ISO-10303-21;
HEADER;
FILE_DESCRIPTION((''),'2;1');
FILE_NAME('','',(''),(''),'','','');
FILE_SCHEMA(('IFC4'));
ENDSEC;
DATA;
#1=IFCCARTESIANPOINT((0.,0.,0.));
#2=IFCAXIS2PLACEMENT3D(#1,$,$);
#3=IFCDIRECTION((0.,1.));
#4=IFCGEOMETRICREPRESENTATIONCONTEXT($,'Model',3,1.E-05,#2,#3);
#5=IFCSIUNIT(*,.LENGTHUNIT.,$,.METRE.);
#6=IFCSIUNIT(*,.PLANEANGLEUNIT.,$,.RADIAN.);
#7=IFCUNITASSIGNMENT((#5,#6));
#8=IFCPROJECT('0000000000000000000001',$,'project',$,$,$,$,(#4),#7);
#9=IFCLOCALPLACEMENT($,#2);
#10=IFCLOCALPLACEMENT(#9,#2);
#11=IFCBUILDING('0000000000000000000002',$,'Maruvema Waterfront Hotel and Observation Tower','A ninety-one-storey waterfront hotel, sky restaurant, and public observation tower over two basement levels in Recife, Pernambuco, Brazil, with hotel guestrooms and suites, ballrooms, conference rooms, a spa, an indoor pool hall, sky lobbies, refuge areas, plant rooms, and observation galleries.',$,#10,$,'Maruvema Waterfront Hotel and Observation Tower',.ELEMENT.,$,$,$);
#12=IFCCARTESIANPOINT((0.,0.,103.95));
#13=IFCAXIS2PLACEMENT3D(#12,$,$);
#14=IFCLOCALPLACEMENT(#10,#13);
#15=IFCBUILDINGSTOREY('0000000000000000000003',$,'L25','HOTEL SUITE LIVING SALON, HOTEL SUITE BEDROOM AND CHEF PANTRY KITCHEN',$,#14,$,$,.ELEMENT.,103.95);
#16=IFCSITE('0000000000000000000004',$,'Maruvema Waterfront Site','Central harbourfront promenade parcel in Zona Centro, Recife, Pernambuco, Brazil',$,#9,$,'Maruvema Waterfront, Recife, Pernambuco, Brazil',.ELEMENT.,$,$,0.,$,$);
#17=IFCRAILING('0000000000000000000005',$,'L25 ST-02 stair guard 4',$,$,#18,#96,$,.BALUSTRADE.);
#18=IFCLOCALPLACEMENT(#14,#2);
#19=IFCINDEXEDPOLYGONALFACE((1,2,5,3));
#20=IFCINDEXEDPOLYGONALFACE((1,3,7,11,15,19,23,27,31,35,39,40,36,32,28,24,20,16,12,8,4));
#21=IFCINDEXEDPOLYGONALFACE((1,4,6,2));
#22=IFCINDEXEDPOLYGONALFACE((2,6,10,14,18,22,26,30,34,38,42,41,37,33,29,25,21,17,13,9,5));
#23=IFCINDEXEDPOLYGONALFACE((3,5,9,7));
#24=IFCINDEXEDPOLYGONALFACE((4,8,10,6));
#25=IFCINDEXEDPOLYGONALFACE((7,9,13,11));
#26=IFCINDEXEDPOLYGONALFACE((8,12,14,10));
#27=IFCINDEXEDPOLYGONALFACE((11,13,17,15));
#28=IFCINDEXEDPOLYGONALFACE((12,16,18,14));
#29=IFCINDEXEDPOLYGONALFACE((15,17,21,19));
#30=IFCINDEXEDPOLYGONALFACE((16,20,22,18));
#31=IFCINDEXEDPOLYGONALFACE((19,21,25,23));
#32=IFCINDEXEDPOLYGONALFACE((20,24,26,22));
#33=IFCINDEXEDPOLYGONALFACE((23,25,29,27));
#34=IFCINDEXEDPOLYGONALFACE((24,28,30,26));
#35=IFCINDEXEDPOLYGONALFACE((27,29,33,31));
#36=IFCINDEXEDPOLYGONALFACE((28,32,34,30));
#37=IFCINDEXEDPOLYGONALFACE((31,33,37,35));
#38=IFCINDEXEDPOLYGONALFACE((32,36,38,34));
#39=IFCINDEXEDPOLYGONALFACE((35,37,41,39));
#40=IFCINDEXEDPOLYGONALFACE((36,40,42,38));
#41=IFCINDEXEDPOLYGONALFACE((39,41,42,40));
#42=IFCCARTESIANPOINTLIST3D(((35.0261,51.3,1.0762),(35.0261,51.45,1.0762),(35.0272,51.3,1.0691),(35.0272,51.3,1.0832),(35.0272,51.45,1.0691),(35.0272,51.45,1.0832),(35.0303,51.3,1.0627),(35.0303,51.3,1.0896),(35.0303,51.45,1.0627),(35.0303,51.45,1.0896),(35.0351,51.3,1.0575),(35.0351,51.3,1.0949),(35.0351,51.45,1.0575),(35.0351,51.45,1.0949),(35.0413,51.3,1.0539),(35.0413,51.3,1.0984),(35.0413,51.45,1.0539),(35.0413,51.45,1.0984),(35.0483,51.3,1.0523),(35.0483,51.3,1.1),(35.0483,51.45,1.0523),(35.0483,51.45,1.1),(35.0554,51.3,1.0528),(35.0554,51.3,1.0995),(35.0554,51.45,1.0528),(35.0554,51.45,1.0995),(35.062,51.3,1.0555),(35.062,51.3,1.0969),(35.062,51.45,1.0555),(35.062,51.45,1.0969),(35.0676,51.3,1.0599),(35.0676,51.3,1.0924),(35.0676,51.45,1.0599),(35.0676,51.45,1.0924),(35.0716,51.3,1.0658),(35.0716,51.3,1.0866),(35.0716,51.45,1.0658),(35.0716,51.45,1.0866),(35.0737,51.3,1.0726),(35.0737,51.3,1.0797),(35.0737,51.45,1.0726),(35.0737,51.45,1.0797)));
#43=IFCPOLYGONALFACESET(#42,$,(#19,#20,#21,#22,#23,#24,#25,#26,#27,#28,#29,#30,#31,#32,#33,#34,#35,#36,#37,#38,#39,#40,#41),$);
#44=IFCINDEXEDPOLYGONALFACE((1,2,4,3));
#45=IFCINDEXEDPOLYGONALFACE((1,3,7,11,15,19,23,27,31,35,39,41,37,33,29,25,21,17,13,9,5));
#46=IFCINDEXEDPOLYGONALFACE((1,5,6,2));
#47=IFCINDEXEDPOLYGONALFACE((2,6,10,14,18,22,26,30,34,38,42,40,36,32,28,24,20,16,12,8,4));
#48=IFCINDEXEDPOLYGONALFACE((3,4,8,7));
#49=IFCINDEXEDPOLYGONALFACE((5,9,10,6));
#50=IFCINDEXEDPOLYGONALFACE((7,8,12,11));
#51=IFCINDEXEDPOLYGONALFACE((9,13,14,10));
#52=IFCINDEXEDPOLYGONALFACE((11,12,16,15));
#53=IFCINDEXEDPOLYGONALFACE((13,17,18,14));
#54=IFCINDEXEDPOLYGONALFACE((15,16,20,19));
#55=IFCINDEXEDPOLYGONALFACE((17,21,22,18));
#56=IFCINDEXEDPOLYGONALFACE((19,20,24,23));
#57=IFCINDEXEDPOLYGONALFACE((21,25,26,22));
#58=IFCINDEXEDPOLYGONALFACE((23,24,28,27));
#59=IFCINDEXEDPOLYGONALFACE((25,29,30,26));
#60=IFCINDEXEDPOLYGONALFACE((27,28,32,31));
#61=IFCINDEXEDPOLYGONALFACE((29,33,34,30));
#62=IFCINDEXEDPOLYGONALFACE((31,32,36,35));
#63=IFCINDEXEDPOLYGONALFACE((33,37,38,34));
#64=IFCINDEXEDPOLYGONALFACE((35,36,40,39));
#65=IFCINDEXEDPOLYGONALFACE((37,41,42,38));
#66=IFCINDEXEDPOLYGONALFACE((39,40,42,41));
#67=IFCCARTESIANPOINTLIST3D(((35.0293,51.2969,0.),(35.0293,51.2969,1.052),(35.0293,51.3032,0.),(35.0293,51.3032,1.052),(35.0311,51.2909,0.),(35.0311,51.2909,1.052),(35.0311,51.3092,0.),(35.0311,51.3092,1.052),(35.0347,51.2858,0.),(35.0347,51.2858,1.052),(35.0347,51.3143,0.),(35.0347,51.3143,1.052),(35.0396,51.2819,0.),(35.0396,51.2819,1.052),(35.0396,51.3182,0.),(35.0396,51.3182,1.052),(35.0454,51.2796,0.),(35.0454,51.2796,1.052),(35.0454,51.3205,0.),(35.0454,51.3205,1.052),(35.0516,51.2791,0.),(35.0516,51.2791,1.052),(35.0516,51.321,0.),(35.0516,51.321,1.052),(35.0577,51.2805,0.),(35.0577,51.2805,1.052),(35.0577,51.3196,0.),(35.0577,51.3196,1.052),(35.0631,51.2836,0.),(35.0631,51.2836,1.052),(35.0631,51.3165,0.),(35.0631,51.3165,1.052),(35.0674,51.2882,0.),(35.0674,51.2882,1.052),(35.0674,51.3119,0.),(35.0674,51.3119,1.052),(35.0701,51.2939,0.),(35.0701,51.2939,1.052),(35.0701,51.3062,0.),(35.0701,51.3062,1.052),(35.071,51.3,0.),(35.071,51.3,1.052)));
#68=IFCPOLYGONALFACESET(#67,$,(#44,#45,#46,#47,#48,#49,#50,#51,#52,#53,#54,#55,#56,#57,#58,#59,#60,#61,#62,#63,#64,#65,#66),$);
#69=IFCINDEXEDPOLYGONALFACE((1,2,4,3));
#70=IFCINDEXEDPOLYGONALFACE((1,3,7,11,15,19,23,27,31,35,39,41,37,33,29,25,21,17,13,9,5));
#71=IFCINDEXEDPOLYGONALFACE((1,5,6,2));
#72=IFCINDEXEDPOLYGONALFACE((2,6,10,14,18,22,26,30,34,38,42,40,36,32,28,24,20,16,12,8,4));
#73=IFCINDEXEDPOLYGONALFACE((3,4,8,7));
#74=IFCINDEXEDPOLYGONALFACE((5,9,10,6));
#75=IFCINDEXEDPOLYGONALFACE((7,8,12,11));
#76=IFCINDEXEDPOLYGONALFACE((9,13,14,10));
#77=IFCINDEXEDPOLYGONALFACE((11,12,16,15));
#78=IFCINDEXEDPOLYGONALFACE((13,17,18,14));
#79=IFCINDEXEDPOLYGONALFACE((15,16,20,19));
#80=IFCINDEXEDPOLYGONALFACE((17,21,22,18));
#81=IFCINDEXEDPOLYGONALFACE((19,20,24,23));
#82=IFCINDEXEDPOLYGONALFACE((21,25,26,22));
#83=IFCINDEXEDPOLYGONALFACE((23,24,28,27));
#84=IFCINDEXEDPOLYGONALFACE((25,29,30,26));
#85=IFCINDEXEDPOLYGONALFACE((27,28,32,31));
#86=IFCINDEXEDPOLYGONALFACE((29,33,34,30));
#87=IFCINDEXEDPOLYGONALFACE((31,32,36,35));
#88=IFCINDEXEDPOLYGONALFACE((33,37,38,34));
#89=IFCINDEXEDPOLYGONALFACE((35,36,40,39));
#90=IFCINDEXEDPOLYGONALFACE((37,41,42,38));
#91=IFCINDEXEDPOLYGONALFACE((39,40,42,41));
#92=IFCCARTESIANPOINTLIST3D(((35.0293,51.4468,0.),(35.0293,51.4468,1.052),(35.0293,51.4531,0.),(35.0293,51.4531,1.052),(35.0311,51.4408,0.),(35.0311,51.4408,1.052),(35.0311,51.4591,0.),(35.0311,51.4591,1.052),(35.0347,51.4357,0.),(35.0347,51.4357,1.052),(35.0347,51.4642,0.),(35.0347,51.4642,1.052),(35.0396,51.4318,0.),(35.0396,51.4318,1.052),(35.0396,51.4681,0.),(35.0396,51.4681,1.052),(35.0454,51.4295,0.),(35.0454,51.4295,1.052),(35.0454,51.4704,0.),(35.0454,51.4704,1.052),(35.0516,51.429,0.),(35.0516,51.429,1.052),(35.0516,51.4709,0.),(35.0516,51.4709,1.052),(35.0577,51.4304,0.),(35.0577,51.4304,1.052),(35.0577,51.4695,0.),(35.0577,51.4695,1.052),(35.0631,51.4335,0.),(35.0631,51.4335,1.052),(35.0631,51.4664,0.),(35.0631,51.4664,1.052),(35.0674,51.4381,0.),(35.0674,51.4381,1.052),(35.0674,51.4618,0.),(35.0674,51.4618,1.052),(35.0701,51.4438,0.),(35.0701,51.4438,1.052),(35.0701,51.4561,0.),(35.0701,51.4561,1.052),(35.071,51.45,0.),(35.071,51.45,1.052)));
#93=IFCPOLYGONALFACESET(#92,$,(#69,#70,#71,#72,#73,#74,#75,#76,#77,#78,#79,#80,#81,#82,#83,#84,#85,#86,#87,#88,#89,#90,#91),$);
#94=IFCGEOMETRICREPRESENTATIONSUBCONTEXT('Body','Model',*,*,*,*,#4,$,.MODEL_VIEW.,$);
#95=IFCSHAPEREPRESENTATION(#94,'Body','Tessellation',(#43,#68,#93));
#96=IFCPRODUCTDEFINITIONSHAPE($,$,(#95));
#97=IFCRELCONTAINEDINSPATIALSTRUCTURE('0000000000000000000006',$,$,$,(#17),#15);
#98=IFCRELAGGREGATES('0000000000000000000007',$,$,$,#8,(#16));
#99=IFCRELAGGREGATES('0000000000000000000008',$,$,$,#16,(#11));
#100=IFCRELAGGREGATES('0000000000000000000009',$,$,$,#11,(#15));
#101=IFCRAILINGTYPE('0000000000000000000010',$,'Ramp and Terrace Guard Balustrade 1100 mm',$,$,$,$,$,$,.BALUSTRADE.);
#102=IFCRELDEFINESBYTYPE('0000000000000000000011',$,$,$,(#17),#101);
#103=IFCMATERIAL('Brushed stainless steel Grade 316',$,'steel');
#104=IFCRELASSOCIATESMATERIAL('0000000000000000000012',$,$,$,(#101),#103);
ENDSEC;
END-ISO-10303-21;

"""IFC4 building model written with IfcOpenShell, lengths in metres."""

from ifc_helpers import new_model, si_unit, direction, frame, origin, origin_2d, place, context, subcontext, project, spatial, circle, extrude, material, type_object, element, save


model = new_model("IFC4")

# Units and contexts
model_context = context("Model", 3, precision=1e-05, world=origin(), true_north=direction((0.0, 1.0)))
body_context = subcontext(model_context, "Body", "Model", "MODEL_VIEW")
ifc_project = project(units=[si_unit("LENGTHUNIT", "METRE"), si_unit("PLANEANGLEUNIT", "RADIAN")], contexts=[model_context])

# Site, building, storey
site_placement = place(None, origin())
site = spatial("IfcSite", under=ifc_project, at=site_placement, Name="Maruvema Waterfront Site", Description="Central harbourfront promenade parcel in Zona Centro, Recife, Pernambuco, Brazil", LongName="Maruvema Waterfront, Recife, Pernambuco, Brazil", CompositionType="ELEMENT", RefElevation=0.0)
building_placement = place(site_placement, origin())
building = spatial("IfcBuilding", under=site, at=building_placement, Name="Maruvema Waterfront Hotel and Observation Tower", Description="A ninety-one-storey waterfront hotel, sky restaurant, and public observation tower over two basement levels in Recife, Pernambuco, Brazil, with hotel guestrooms and suites, ballrooms, conference rooms, a spa, an indoor pool hall, sky lobbies, refuge areas, plant rooms, and observation galleries.", LongName="Maruvema Waterfront Hotel and Observation Tower", CompositionType="ELEMENT")
storey_placement = place(building_placement, frame((0.0, 0.0, 103.95)))
storey = spatial("IfcBuildingStorey", under=building, at=storey_placement, Name="L25", Description="HOTEL SUITE LIVING SALON, HOTEL SUITE BEDROOM AND CHEF PANTRY KITCHEN", CompositionType="ELEMENT", Elevation=103.95)

# Railing
ifc_material_1 = material(Name="Brushed stainless steel Grade 316", Category="steel")
railing_type_1 = type_object("IfcRailingType", Name="Ramp and Terrace Guard Balustrade 1100 mm", PredefinedType="BALUSTRADE", material=ifc_material_1)
railing_1_placement = place(storey_placement, frame((35.05, 51.3, 0.0)))
element("IfcRailing", 1, at=railing_1_placement, inside=storey, type_object=railing_type_1, Name="L25 ST-02 stair guard 4", PredefinedType="BALUSTRADE", context=body_context, shape_type="SweptSolid", body=[
    extrude(circle(Radius=0.0239, at=origin_2d()), frame((0.0, 0.0, 1.0762), z_axis=(0.0, 1.0, 0.0), x_axis=(-1.0, 0.0, 0.0)), (0.0, 0.0, 1.0), 0.1499),
    extrude(circle(Radius=0.021, at=origin_2d()), origin(), (0.0, 0.0, 1.0), 1.052),
    extrude(circle(Radius=0.021, at=origin_2d()), frame((0.0, 0.1499, 0.0)), (0.0, 0.0, 1.0), 1.052),
])

save(model, "model.ifc")
